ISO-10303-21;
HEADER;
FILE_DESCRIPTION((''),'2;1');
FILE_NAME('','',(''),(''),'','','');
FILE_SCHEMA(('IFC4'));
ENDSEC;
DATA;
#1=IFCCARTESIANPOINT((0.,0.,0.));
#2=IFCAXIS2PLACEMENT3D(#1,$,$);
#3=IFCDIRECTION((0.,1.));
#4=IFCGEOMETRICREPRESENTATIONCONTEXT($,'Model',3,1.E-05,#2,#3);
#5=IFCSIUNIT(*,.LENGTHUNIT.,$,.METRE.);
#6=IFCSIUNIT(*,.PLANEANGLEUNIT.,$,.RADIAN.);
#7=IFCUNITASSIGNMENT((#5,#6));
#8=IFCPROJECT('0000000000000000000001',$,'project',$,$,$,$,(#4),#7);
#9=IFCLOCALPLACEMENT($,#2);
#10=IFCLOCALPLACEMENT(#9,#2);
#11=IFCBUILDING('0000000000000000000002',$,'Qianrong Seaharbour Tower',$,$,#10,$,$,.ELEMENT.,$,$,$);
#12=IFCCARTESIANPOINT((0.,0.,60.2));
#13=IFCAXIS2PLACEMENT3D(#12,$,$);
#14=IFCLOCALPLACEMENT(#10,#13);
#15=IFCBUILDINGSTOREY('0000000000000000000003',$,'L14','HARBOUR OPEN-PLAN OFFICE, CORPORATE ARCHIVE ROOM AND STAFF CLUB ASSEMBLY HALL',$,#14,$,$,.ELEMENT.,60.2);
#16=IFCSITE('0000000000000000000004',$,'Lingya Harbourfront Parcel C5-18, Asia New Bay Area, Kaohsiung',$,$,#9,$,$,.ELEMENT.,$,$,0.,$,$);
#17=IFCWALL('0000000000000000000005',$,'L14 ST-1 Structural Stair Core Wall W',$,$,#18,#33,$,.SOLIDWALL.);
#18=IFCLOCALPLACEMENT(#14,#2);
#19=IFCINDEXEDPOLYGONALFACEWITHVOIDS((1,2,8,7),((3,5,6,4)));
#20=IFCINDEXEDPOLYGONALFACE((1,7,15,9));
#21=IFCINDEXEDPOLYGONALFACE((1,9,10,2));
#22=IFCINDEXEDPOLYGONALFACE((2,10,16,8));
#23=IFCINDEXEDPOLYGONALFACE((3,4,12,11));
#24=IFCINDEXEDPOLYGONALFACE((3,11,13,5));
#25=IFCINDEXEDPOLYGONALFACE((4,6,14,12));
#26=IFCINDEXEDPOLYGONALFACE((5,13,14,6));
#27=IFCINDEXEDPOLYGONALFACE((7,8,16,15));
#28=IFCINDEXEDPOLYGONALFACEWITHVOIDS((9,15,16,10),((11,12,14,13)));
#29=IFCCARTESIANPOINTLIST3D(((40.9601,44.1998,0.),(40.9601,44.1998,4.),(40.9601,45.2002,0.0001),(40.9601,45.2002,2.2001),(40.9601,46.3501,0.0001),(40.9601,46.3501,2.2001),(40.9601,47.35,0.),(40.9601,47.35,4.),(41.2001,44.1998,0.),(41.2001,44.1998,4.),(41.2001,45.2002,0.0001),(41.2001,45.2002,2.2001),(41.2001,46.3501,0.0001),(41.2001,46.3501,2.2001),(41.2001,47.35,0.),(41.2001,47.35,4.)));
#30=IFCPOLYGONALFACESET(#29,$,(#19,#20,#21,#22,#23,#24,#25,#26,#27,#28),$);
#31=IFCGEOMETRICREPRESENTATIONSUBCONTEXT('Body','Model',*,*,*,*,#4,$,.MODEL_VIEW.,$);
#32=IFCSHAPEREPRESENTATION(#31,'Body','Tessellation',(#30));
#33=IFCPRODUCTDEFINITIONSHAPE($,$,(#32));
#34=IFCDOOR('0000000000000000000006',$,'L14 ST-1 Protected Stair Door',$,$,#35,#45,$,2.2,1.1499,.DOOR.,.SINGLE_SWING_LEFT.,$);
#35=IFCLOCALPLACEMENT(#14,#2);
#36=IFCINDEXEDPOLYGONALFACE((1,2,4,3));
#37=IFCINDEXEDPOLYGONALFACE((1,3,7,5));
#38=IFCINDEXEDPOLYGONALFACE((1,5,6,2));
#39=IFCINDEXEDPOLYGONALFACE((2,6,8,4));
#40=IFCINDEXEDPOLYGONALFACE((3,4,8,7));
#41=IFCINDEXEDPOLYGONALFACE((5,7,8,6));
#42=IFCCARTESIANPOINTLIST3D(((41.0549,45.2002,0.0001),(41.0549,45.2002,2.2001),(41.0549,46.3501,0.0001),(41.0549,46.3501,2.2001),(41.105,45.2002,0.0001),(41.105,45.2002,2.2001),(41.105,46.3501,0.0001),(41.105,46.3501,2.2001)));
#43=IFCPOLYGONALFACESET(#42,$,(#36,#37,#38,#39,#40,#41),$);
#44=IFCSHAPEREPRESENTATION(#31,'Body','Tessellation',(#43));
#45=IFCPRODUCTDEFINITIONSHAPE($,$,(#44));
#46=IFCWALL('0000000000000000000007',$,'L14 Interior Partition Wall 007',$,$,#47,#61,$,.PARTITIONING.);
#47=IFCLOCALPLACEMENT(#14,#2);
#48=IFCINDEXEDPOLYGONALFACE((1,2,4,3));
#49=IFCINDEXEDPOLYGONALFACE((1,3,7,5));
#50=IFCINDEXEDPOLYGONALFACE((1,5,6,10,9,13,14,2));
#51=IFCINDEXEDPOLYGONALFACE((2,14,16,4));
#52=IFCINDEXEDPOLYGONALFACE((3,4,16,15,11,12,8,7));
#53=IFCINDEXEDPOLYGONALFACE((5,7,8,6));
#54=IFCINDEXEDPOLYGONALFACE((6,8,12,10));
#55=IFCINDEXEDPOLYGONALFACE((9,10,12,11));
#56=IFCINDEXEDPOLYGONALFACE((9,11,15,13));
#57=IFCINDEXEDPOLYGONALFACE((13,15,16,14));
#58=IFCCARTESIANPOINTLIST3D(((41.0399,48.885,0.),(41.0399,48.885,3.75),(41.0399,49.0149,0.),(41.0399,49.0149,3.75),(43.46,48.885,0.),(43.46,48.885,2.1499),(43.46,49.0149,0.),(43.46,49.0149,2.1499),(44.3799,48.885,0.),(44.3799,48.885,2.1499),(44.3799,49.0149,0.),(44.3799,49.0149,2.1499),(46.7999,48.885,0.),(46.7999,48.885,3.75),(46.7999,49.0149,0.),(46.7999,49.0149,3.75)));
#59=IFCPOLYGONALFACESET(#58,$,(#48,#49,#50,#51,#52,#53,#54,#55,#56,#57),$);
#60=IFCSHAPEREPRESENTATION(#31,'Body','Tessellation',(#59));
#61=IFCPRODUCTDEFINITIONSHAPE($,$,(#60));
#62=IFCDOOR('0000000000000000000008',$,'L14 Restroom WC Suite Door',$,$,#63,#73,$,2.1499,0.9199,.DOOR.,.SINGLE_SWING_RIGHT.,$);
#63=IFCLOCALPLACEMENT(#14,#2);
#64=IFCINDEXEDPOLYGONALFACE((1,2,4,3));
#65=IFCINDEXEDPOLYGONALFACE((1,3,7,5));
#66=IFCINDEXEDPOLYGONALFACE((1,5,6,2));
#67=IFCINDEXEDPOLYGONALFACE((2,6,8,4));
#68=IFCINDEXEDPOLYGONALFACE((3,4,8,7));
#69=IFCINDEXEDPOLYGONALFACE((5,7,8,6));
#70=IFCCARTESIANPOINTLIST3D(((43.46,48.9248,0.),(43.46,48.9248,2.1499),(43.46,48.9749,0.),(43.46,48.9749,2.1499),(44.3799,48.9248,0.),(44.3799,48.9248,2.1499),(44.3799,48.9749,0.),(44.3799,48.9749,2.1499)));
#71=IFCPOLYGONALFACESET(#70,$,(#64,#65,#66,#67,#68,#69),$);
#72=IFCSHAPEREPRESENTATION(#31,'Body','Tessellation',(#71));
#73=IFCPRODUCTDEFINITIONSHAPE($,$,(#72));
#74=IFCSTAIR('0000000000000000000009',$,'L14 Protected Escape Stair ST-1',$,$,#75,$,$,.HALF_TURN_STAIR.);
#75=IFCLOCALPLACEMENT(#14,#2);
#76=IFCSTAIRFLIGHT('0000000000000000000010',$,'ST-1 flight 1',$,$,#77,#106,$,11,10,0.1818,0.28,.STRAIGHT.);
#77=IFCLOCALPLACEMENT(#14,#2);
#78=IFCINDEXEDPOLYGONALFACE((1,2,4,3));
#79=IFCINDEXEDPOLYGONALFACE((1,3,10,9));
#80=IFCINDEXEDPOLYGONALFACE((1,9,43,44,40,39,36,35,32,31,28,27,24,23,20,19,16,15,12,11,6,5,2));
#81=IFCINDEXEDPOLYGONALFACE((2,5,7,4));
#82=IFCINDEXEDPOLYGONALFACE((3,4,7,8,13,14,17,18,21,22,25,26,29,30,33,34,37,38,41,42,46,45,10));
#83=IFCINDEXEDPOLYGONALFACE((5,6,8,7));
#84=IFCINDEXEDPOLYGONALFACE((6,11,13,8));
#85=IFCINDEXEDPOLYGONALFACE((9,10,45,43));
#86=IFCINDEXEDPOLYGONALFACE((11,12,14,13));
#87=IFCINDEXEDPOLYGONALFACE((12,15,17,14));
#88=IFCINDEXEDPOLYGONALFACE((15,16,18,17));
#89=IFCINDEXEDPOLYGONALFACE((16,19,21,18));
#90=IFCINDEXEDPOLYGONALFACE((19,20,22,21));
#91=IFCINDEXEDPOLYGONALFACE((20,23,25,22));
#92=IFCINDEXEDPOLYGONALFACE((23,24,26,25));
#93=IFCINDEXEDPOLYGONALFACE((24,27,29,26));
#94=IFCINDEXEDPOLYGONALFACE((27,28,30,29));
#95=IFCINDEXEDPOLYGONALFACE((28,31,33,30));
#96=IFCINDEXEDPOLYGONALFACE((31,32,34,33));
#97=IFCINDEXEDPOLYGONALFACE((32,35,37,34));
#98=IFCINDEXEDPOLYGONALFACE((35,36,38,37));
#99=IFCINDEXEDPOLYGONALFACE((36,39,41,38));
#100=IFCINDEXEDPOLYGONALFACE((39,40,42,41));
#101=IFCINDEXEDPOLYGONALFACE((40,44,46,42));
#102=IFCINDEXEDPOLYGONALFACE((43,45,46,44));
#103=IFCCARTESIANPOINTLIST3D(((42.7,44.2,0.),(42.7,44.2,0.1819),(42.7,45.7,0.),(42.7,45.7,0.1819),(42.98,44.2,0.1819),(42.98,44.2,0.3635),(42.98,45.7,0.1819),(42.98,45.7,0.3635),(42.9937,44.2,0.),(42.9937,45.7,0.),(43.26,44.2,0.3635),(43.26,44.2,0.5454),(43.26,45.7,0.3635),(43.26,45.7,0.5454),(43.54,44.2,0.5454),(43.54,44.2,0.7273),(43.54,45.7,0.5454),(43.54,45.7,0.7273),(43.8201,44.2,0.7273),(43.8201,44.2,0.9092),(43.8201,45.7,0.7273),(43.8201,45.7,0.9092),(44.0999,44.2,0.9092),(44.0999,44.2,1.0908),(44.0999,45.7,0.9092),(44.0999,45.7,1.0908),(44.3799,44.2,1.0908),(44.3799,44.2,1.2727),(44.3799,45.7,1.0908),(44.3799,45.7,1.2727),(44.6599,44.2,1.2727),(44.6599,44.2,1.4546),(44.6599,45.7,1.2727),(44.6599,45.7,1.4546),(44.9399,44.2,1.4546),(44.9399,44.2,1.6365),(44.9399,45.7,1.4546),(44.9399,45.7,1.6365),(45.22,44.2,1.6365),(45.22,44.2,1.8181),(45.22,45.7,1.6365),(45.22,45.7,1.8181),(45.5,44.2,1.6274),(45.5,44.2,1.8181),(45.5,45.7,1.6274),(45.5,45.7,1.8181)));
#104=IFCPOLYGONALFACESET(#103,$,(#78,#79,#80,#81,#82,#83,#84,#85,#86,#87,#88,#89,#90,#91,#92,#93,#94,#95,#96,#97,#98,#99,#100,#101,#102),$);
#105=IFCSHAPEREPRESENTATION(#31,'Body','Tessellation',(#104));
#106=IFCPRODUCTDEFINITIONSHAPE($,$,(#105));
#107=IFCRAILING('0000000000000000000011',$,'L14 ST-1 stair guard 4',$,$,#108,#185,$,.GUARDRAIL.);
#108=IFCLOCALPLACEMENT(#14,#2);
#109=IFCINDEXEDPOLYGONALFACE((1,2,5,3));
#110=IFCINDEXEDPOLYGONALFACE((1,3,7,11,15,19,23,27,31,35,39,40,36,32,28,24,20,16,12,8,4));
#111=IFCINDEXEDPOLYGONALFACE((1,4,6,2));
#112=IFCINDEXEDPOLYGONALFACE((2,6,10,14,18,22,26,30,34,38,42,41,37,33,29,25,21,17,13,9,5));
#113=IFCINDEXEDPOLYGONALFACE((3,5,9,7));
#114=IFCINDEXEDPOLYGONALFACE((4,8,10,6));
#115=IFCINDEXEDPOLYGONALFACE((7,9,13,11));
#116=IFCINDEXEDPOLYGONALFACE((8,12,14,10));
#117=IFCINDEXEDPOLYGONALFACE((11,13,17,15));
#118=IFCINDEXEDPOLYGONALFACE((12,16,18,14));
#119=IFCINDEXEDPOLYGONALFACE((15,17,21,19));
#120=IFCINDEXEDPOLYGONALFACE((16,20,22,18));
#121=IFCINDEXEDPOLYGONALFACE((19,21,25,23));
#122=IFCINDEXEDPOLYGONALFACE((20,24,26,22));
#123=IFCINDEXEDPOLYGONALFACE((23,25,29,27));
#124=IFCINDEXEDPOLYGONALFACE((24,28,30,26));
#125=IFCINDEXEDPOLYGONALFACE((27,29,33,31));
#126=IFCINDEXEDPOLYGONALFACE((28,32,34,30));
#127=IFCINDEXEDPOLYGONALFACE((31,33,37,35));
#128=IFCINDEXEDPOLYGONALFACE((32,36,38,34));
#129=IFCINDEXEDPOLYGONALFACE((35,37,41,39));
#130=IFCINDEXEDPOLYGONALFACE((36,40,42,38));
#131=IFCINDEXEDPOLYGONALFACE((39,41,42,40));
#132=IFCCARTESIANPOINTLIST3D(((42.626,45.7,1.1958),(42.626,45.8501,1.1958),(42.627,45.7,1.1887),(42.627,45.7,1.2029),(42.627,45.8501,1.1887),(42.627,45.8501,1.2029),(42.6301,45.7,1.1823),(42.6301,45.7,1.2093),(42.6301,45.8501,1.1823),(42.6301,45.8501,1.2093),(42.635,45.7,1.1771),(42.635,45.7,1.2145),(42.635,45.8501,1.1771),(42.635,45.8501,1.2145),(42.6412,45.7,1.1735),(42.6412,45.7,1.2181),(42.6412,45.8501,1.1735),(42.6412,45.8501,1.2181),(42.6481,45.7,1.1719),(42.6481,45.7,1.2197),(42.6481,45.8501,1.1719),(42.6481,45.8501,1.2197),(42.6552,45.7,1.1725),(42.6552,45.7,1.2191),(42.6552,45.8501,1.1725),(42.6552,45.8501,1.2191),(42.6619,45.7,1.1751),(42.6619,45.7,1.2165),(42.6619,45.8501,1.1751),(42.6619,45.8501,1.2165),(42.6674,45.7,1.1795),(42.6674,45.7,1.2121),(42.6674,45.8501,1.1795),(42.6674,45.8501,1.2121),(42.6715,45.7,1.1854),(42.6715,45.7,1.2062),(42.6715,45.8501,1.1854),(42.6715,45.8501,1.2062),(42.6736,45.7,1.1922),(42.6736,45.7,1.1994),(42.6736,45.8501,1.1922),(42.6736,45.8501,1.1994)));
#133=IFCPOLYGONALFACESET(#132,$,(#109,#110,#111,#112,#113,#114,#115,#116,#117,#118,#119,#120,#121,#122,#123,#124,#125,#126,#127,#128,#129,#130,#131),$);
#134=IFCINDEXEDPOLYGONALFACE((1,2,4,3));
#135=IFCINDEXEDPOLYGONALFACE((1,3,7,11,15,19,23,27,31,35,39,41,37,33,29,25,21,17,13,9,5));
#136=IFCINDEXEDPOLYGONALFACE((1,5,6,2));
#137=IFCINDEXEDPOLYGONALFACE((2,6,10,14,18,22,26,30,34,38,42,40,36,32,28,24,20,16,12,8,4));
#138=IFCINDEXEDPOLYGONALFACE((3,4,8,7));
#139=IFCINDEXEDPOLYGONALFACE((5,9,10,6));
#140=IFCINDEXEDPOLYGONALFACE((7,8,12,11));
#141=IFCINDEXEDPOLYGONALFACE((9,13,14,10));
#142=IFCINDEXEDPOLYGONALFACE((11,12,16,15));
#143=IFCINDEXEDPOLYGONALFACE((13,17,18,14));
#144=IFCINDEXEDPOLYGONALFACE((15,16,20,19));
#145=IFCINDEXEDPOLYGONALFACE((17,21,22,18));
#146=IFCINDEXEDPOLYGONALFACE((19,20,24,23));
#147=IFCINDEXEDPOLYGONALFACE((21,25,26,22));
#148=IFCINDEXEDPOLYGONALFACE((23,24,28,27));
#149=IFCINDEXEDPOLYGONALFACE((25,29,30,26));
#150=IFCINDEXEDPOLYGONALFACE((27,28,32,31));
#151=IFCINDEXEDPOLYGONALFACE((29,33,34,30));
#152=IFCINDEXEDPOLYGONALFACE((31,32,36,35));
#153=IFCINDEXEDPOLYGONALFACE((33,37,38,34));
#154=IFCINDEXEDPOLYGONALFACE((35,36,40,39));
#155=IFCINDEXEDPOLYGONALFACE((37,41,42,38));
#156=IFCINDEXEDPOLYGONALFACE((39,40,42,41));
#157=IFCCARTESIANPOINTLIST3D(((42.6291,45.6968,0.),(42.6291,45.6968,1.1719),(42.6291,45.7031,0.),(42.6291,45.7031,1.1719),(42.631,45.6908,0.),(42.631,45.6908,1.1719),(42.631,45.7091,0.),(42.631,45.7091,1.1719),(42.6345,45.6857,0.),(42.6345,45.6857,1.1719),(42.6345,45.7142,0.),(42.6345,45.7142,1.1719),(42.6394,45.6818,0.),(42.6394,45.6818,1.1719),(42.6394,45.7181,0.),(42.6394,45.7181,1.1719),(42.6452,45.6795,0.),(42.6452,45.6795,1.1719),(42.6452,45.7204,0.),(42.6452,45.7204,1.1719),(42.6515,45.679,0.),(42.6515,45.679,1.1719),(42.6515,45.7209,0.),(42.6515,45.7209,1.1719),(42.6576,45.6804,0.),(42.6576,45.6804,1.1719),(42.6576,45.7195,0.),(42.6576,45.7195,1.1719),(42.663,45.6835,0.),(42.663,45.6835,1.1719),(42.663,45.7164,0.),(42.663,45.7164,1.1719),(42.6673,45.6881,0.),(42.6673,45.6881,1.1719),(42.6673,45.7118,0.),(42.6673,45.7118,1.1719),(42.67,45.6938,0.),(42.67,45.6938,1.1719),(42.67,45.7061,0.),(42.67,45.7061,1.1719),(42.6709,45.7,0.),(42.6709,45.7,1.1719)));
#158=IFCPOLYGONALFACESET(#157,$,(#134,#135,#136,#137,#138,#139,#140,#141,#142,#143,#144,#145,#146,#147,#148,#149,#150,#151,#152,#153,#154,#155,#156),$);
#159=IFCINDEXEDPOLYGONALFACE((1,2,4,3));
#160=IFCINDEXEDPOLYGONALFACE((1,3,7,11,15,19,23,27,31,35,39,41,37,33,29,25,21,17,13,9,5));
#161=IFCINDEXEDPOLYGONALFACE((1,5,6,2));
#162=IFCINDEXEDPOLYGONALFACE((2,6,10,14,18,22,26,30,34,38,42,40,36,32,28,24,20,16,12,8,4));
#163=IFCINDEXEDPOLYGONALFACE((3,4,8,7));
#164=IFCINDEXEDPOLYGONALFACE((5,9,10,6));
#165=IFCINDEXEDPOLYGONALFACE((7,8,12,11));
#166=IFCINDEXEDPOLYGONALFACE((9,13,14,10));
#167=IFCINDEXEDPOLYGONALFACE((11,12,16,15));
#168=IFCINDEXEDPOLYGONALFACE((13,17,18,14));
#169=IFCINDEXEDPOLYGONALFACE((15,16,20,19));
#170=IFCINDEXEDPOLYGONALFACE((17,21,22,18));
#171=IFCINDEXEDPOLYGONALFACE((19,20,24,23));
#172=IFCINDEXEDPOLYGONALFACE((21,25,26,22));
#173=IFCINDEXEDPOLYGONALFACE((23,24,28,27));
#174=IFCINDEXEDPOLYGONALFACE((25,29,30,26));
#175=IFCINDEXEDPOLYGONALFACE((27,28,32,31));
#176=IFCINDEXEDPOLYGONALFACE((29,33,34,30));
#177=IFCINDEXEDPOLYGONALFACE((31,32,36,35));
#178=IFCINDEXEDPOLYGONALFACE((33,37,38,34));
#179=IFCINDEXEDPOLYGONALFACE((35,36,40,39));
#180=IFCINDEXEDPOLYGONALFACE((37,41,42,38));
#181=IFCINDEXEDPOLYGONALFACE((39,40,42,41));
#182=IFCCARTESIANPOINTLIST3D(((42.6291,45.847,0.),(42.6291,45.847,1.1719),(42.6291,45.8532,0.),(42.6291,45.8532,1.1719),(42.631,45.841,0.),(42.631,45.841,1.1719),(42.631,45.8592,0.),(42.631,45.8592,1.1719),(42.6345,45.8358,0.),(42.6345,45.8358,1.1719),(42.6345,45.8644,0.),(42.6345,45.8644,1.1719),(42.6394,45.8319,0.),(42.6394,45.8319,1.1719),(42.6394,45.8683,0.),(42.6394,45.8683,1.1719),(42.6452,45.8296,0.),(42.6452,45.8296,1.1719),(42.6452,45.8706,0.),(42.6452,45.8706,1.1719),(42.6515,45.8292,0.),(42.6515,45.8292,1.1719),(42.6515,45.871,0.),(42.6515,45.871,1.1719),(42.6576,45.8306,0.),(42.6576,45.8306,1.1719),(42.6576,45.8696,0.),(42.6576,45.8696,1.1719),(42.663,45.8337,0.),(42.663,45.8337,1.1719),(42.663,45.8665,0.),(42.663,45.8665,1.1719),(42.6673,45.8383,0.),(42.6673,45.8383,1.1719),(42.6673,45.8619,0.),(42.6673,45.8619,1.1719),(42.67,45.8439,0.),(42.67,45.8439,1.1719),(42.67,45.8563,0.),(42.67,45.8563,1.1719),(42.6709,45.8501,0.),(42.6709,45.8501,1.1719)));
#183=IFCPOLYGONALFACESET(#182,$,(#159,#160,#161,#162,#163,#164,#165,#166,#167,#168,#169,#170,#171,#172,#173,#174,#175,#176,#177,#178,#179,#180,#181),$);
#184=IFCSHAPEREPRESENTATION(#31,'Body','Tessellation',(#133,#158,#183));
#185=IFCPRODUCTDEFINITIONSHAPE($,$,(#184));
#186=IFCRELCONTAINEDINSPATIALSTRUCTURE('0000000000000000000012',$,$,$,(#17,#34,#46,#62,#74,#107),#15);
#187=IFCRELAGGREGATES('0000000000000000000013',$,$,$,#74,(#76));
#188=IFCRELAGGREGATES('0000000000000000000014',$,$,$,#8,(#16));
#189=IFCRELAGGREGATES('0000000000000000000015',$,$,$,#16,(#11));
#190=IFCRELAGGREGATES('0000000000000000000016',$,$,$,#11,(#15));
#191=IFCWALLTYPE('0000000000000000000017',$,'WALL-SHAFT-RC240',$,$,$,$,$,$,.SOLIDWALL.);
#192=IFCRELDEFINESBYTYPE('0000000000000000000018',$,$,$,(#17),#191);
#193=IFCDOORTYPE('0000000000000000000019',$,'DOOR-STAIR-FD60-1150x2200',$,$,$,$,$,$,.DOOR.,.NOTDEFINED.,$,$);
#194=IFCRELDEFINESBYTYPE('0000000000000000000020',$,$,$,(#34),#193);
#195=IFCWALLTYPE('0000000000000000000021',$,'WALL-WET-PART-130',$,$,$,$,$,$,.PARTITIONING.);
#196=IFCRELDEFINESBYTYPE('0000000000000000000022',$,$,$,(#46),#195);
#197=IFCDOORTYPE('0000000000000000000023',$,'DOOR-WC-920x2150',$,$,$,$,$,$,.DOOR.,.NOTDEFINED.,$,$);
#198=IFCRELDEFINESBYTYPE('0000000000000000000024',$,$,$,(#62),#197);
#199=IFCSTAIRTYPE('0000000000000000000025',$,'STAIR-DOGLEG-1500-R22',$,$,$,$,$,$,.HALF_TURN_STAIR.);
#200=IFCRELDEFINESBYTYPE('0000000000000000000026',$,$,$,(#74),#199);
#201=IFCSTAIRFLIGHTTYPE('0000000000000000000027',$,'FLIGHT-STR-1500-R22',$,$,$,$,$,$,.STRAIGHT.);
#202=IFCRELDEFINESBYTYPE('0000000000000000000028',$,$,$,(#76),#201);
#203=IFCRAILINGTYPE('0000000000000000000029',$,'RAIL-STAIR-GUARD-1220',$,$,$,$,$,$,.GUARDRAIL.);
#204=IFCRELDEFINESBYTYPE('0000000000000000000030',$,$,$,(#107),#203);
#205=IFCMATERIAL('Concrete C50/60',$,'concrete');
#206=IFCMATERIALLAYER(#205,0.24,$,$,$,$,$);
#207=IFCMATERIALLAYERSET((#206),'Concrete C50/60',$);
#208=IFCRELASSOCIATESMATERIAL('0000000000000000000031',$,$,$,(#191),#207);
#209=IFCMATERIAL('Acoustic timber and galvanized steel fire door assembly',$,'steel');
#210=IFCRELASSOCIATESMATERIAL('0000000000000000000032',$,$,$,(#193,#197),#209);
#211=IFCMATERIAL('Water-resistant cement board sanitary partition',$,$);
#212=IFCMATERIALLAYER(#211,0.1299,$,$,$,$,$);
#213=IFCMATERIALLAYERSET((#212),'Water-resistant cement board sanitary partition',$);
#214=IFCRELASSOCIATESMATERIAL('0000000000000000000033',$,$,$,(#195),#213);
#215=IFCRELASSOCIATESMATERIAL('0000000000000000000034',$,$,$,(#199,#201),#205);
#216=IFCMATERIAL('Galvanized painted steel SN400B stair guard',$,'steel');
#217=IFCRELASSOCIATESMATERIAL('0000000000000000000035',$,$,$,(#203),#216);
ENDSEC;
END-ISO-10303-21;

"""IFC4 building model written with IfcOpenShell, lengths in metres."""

from ifc_helpers import new_model, si_unit, direction, frame, frame_2d, origin, origin_2d, place, context, subcontext, project, spatial, polyline, rectangle, circle, outline, extrude, material, layer, layer_set, type_object, element, fill, aggregate, save


model = new_model("IFC4")

# Units and contexts
model_context = context("Model", 3, precision=1e-05, world=origin(), true_north=direction((0.0, 1.0)))
body_context = subcontext(model_context, "Body", "Model", "MODEL_VIEW")
ifc_project = project(units=[si_unit("LENGTHUNIT", "METRE"), si_unit("PLANEANGLEUNIT", "RADIAN")], contexts=[model_context])

# Site, building, storey
site_placement = place(None, origin())
site = spatial("IfcSite", under=ifc_project, at=site_placement, Name="Lingya Harbourfront Parcel C5-18, Asia New Bay Area, Kaohsiung", CompositionType="ELEMENT", RefElevation=0.0)
building_placement = place(site_placement, origin())
building = spatial("IfcBuilding", under=site, at=building_placement, Name="Qianrong Seaharbour Tower", CompositionType="ELEMENT")
storey_placement = place(building_placement, frame((0.0, 0.0, 60.2)))
storey = spatial("IfcBuildingStorey", under=building, at=storey_placement, Name="L14", Description="HARBOUR OPEN-PLAN OFFICE, CORPORATE ARCHIVE ROOM AND STAFF CLUB ASSEMBLY HALL", CompositionType="ELEMENT", Elevation=60.2)

# Shared definitions
ifc_material_1 = material(Name="Acoustic timber and galvanized steel fire door assembly", Category="steel")

# Shared definitions
ifc_material_2 = material(Name="Concrete C50/60", Category="concrete")
ifc_layer_1 = layer(ifc_material_2, 0.24)
ifc_layer_set_1 = layer_set([ifc_layer_1], Name="Concrete C50/60")
wall_type_1 = type_object("IfcWallType", Name="WALL-SHAFT-RC240", PredefinedType="SOLIDWALL", material=ifc_layer_set_1)

# Walls, openings, doors
wall_1_placement = place(storey_placement, frame((41.0801, 47.3501, 0.0), z_axis=(0.0, 0.0, 1.0), x_axis=(0.0, -1.0, 0.0)))
wall_1 = element("IfcWall", 1, at=wall_1_placement, inside=storey, type_object=wall_type_1, Name="L14 ST-1 Structural Stair Core Wall W", PredefinedType="SOLIDWALL", context=body_context, shape_type="SweptSolid", body=[
    extrude(rectangle(XDim=3.1501, YDim=0.24, at=frame_2d((1.5752, 0.0))), origin(), (0.0, 0.0, 1.0), 4.0),
])
opening_1_placement = place(wall_1_placement, frame((1.0, 0.0, 0.0)))
opening_1 = element("IfcOpeningElement", 2, at=opening_1_placement, cuts=wall_1, PredefinedType="OPENING", context=body_context, shape_type="SweptSolid", body=[
    extrude(rectangle(XDim=1.1499, YDim=2.2, at=frame_2d((0.575, 1.1001))), frame((0.0, 0.1299, 0.0), z_axis=(0.0, -1.0, 0.0), x_axis=(1.0, 0.0, 0.0)), (0.0, 0.0, 1.0), 0.26),
])
door_type_1 = type_object("IfcDoorType", Name="DOOR-STAIR-FD60-1150x2200", OperationType="NOTDEFINED", PredefinedType="DOOR", material=ifc_material_1)
door_1_placement = place(opening_1_placement, origin())
door_1 = element("IfcDoor", 3, at=door_1_placement, inside=storey, type_object=door_type_1, Name="L14 ST-1 Protected Stair Door", OperationType="SINGLE_SWING_LEFT", OverallHeight=2.2, OverallWidth=1.1499, PredefinedType="DOOR", context=body_context, shape_type="SweptSolid", body=[
    extrude(rectangle(XDim=1.1499, YDim=2.2, at=frame_2d((0.575, 1.1001))), frame((0.0, 0.0249, 0.0), z_axis=(0.0, -1.0, 0.0), x_axis=(1.0, 0.0, 0.0)), (0.0, 0.0, 1.0), 0.05),
])
fill(opening_1, door_1)
ifc_material_3 = material(Name="Water-resistant cement board sanitary partition")
ifc_layer_2 = layer(ifc_material_3, 0.1299)
ifc_layer_set_2 = layer_set([ifc_layer_2], Name="Water-resistant cement board sanitary partition")
wall_type_2 = type_object("IfcWallType", Name="WALL-WET-PART-130", PredefinedType="PARTITIONING", material=ifc_layer_set_2)
wall_2_placement = place(storey_placement, frame((41.04, 48.95, 0.0), z_axis=(0.0, 0.0, 1.0), x_axis=(1.0, 0.0, 0.0)))
wall_2 = element("IfcWall", 4, at=wall_2_placement, inside=storey, type_object=wall_type_2, Name="L14 Interior Partition Wall 007", PredefinedType="PARTITIONING", context=body_context, shape_type="SweptSolid", body=[
    extrude(rectangle(XDim=5.76, YDim=0.1299, at=frame_2d((2.8799, 0.0))), origin(), (0.0, 0.0, 1.0), 3.75),
])
opening_2_placement = place(wall_2_placement, frame((2.4199, 0.0, 0.0)))
opening_2 = element("IfcOpeningElement", 5, at=opening_2_placement, cuts=wall_2, PredefinedType="OPENING", context=body_context, shape_type="SweptSolid", body=[
    extrude(rectangle(XDim=0.9199, YDim=2.1499, at=frame_2d((0.46, 1.075))), frame((0.0, 0.075, 0.0), z_axis=(0.0, -1.0, 0.0), x_axis=(1.0, 0.0, 0.0)), (0.0, 0.0, 1.0), 0.1499),
])
door_type_2 = type_object("IfcDoorType", Name="DOOR-WC-920x2150", OperationType="NOTDEFINED", PredefinedType="DOOR", material=ifc_material_1)
door_2_placement = place(opening_2_placement, origin())
door_2 = element("IfcDoor", 6, at=door_2_placement, inside=storey, type_object=door_type_2, Name="L14 Restroom WC Suite Door", OperationType="SINGLE_SWING_RIGHT", OverallHeight=2.1499, OverallWidth=0.9199, PredefinedType="DOOR", context=body_context, shape_type="SweptSolid", body=[
    extrude(rectangle(XDim=0.9199, YDim=2.1499, at=frame_2d((0.46, 1.075))), frame((0.0, 0.0249, 0.0), z_axis=(0.0, -1.0, 0.0), x_axis=(1.0, 0.0, 0.0)), (0.0, 0.0, 1.0), 0.05),
])
fill(opening_2, door_2)

# Stair, stair flight
stair_type = type_object("IfcStairType", Name="STAIR-DOGLEG-1500-R22", PredefinedType="HALF_TURN_STAIR", material=ifc_material_2)
stair_placement = place(storey_placement, origin())
stair = element("IfcStair", 7, at=stair_placement, inside=storey, type_object=stair_type, Name="L14 Protected Escape Stair ST-1", PredefinedType="HALF_TURN_STAIR")
stair_flight_type = type_object("IfcStairFlightType", Name="FLIGHT-STR-1500-R22", PredefinedType="STRAIGHT", material=ifc_material_2)
stair_flight_placement = place(storey_placement, frame((42.7, 44.95, 0.0), z_axis=(0.0, 0.0, 1.0), x_axis=(1.0, 0.0, 0.0)))
stair_flight = element("IfcStairFlight", 8, at=stair_flight_placement, type_object=stair_flight_type, Name="ST-1 flight 1", NumberOfRisers=11, NumberOfTreads=10, PredefinedType="STRAIGHT", RiserHeight=0.1818, TreadLength=0.28, context=body_context, shape_type="SweptSolid", body=[
    extrude(outline(polyline([(0.0, 0.0), (0.0, 0.1819), (0.28, 0.1819), (0.28, 0.3635), (0.5601, 0.3635), (0.5601, 0.5454), (0.8401, 0.5454), (0.8401, 0.7273), (1.1201, 0.7273), (1.1201, 0.9092), (1.3999, 0.9092), (1.3999, 1.0908), (1.6799, 1.0908), (1.6799, 1.2727), (1.96, 1.2727), (1.96, 1.4546), (2.24, 1.4546), (2.24, 1.6365), (2.52, 1.6365), (2.52, 1.8181), (2.8, 1.8181), (2.8, 2.0), (2.8, 1.6274), (0.2937, 0.0), (0.0, 0.0)])), frame((0.0, 0.75, 0.0), z_axis=(0.0, -1.0, 0.0), x_axis=(1.0, 0.0, 0.0)), (0.0, 0.0, 1.0), 1.5),
])
aggregate(stair, [stair_flight])

# Railing
ifc_material_4 = material(Name="Galvanized painted steel SN400B stair guard", Category="steel")
railing_type = type_object("IfcRailingType", Name="RAIL-STAIR-GUARD-1220", PredefinedType="GUARDRAIL", material=ifc_material_4)
railing_placement = place(storey_placement, frame((42.6499, 45.7, 0.0)))
element("IfcRailing", 9, at=railing_placement, inside=storey, type_object=railing_type, Name="L14 ST-1 stair guard 4", PredefinedType="GUARDRAIL", context=body_context, shape_type="SweptSolid", body=[
    extrude(circle(Radius=0.0239, at=origin_2d()), frame((0.0, 0.0, 1.1958), z_axis=(0.0, 1.0, 0.0), x_axis=(-1.0, 0.0, 0.0)), (0.0, 0.0, 1.0), 0.1501),
    extrude(circle(Radius=0.021, at=origin_2d()), origin(), (0.0, 0.0, 1.0), 1.1719),
    extrude(circle(Radius=0.021, at=origin_2d()), frame((0.0, 0.1501, 0.0)), (0.0, 0.0, 1.0), 1.1719),
])

save(model, "model.ifc")
